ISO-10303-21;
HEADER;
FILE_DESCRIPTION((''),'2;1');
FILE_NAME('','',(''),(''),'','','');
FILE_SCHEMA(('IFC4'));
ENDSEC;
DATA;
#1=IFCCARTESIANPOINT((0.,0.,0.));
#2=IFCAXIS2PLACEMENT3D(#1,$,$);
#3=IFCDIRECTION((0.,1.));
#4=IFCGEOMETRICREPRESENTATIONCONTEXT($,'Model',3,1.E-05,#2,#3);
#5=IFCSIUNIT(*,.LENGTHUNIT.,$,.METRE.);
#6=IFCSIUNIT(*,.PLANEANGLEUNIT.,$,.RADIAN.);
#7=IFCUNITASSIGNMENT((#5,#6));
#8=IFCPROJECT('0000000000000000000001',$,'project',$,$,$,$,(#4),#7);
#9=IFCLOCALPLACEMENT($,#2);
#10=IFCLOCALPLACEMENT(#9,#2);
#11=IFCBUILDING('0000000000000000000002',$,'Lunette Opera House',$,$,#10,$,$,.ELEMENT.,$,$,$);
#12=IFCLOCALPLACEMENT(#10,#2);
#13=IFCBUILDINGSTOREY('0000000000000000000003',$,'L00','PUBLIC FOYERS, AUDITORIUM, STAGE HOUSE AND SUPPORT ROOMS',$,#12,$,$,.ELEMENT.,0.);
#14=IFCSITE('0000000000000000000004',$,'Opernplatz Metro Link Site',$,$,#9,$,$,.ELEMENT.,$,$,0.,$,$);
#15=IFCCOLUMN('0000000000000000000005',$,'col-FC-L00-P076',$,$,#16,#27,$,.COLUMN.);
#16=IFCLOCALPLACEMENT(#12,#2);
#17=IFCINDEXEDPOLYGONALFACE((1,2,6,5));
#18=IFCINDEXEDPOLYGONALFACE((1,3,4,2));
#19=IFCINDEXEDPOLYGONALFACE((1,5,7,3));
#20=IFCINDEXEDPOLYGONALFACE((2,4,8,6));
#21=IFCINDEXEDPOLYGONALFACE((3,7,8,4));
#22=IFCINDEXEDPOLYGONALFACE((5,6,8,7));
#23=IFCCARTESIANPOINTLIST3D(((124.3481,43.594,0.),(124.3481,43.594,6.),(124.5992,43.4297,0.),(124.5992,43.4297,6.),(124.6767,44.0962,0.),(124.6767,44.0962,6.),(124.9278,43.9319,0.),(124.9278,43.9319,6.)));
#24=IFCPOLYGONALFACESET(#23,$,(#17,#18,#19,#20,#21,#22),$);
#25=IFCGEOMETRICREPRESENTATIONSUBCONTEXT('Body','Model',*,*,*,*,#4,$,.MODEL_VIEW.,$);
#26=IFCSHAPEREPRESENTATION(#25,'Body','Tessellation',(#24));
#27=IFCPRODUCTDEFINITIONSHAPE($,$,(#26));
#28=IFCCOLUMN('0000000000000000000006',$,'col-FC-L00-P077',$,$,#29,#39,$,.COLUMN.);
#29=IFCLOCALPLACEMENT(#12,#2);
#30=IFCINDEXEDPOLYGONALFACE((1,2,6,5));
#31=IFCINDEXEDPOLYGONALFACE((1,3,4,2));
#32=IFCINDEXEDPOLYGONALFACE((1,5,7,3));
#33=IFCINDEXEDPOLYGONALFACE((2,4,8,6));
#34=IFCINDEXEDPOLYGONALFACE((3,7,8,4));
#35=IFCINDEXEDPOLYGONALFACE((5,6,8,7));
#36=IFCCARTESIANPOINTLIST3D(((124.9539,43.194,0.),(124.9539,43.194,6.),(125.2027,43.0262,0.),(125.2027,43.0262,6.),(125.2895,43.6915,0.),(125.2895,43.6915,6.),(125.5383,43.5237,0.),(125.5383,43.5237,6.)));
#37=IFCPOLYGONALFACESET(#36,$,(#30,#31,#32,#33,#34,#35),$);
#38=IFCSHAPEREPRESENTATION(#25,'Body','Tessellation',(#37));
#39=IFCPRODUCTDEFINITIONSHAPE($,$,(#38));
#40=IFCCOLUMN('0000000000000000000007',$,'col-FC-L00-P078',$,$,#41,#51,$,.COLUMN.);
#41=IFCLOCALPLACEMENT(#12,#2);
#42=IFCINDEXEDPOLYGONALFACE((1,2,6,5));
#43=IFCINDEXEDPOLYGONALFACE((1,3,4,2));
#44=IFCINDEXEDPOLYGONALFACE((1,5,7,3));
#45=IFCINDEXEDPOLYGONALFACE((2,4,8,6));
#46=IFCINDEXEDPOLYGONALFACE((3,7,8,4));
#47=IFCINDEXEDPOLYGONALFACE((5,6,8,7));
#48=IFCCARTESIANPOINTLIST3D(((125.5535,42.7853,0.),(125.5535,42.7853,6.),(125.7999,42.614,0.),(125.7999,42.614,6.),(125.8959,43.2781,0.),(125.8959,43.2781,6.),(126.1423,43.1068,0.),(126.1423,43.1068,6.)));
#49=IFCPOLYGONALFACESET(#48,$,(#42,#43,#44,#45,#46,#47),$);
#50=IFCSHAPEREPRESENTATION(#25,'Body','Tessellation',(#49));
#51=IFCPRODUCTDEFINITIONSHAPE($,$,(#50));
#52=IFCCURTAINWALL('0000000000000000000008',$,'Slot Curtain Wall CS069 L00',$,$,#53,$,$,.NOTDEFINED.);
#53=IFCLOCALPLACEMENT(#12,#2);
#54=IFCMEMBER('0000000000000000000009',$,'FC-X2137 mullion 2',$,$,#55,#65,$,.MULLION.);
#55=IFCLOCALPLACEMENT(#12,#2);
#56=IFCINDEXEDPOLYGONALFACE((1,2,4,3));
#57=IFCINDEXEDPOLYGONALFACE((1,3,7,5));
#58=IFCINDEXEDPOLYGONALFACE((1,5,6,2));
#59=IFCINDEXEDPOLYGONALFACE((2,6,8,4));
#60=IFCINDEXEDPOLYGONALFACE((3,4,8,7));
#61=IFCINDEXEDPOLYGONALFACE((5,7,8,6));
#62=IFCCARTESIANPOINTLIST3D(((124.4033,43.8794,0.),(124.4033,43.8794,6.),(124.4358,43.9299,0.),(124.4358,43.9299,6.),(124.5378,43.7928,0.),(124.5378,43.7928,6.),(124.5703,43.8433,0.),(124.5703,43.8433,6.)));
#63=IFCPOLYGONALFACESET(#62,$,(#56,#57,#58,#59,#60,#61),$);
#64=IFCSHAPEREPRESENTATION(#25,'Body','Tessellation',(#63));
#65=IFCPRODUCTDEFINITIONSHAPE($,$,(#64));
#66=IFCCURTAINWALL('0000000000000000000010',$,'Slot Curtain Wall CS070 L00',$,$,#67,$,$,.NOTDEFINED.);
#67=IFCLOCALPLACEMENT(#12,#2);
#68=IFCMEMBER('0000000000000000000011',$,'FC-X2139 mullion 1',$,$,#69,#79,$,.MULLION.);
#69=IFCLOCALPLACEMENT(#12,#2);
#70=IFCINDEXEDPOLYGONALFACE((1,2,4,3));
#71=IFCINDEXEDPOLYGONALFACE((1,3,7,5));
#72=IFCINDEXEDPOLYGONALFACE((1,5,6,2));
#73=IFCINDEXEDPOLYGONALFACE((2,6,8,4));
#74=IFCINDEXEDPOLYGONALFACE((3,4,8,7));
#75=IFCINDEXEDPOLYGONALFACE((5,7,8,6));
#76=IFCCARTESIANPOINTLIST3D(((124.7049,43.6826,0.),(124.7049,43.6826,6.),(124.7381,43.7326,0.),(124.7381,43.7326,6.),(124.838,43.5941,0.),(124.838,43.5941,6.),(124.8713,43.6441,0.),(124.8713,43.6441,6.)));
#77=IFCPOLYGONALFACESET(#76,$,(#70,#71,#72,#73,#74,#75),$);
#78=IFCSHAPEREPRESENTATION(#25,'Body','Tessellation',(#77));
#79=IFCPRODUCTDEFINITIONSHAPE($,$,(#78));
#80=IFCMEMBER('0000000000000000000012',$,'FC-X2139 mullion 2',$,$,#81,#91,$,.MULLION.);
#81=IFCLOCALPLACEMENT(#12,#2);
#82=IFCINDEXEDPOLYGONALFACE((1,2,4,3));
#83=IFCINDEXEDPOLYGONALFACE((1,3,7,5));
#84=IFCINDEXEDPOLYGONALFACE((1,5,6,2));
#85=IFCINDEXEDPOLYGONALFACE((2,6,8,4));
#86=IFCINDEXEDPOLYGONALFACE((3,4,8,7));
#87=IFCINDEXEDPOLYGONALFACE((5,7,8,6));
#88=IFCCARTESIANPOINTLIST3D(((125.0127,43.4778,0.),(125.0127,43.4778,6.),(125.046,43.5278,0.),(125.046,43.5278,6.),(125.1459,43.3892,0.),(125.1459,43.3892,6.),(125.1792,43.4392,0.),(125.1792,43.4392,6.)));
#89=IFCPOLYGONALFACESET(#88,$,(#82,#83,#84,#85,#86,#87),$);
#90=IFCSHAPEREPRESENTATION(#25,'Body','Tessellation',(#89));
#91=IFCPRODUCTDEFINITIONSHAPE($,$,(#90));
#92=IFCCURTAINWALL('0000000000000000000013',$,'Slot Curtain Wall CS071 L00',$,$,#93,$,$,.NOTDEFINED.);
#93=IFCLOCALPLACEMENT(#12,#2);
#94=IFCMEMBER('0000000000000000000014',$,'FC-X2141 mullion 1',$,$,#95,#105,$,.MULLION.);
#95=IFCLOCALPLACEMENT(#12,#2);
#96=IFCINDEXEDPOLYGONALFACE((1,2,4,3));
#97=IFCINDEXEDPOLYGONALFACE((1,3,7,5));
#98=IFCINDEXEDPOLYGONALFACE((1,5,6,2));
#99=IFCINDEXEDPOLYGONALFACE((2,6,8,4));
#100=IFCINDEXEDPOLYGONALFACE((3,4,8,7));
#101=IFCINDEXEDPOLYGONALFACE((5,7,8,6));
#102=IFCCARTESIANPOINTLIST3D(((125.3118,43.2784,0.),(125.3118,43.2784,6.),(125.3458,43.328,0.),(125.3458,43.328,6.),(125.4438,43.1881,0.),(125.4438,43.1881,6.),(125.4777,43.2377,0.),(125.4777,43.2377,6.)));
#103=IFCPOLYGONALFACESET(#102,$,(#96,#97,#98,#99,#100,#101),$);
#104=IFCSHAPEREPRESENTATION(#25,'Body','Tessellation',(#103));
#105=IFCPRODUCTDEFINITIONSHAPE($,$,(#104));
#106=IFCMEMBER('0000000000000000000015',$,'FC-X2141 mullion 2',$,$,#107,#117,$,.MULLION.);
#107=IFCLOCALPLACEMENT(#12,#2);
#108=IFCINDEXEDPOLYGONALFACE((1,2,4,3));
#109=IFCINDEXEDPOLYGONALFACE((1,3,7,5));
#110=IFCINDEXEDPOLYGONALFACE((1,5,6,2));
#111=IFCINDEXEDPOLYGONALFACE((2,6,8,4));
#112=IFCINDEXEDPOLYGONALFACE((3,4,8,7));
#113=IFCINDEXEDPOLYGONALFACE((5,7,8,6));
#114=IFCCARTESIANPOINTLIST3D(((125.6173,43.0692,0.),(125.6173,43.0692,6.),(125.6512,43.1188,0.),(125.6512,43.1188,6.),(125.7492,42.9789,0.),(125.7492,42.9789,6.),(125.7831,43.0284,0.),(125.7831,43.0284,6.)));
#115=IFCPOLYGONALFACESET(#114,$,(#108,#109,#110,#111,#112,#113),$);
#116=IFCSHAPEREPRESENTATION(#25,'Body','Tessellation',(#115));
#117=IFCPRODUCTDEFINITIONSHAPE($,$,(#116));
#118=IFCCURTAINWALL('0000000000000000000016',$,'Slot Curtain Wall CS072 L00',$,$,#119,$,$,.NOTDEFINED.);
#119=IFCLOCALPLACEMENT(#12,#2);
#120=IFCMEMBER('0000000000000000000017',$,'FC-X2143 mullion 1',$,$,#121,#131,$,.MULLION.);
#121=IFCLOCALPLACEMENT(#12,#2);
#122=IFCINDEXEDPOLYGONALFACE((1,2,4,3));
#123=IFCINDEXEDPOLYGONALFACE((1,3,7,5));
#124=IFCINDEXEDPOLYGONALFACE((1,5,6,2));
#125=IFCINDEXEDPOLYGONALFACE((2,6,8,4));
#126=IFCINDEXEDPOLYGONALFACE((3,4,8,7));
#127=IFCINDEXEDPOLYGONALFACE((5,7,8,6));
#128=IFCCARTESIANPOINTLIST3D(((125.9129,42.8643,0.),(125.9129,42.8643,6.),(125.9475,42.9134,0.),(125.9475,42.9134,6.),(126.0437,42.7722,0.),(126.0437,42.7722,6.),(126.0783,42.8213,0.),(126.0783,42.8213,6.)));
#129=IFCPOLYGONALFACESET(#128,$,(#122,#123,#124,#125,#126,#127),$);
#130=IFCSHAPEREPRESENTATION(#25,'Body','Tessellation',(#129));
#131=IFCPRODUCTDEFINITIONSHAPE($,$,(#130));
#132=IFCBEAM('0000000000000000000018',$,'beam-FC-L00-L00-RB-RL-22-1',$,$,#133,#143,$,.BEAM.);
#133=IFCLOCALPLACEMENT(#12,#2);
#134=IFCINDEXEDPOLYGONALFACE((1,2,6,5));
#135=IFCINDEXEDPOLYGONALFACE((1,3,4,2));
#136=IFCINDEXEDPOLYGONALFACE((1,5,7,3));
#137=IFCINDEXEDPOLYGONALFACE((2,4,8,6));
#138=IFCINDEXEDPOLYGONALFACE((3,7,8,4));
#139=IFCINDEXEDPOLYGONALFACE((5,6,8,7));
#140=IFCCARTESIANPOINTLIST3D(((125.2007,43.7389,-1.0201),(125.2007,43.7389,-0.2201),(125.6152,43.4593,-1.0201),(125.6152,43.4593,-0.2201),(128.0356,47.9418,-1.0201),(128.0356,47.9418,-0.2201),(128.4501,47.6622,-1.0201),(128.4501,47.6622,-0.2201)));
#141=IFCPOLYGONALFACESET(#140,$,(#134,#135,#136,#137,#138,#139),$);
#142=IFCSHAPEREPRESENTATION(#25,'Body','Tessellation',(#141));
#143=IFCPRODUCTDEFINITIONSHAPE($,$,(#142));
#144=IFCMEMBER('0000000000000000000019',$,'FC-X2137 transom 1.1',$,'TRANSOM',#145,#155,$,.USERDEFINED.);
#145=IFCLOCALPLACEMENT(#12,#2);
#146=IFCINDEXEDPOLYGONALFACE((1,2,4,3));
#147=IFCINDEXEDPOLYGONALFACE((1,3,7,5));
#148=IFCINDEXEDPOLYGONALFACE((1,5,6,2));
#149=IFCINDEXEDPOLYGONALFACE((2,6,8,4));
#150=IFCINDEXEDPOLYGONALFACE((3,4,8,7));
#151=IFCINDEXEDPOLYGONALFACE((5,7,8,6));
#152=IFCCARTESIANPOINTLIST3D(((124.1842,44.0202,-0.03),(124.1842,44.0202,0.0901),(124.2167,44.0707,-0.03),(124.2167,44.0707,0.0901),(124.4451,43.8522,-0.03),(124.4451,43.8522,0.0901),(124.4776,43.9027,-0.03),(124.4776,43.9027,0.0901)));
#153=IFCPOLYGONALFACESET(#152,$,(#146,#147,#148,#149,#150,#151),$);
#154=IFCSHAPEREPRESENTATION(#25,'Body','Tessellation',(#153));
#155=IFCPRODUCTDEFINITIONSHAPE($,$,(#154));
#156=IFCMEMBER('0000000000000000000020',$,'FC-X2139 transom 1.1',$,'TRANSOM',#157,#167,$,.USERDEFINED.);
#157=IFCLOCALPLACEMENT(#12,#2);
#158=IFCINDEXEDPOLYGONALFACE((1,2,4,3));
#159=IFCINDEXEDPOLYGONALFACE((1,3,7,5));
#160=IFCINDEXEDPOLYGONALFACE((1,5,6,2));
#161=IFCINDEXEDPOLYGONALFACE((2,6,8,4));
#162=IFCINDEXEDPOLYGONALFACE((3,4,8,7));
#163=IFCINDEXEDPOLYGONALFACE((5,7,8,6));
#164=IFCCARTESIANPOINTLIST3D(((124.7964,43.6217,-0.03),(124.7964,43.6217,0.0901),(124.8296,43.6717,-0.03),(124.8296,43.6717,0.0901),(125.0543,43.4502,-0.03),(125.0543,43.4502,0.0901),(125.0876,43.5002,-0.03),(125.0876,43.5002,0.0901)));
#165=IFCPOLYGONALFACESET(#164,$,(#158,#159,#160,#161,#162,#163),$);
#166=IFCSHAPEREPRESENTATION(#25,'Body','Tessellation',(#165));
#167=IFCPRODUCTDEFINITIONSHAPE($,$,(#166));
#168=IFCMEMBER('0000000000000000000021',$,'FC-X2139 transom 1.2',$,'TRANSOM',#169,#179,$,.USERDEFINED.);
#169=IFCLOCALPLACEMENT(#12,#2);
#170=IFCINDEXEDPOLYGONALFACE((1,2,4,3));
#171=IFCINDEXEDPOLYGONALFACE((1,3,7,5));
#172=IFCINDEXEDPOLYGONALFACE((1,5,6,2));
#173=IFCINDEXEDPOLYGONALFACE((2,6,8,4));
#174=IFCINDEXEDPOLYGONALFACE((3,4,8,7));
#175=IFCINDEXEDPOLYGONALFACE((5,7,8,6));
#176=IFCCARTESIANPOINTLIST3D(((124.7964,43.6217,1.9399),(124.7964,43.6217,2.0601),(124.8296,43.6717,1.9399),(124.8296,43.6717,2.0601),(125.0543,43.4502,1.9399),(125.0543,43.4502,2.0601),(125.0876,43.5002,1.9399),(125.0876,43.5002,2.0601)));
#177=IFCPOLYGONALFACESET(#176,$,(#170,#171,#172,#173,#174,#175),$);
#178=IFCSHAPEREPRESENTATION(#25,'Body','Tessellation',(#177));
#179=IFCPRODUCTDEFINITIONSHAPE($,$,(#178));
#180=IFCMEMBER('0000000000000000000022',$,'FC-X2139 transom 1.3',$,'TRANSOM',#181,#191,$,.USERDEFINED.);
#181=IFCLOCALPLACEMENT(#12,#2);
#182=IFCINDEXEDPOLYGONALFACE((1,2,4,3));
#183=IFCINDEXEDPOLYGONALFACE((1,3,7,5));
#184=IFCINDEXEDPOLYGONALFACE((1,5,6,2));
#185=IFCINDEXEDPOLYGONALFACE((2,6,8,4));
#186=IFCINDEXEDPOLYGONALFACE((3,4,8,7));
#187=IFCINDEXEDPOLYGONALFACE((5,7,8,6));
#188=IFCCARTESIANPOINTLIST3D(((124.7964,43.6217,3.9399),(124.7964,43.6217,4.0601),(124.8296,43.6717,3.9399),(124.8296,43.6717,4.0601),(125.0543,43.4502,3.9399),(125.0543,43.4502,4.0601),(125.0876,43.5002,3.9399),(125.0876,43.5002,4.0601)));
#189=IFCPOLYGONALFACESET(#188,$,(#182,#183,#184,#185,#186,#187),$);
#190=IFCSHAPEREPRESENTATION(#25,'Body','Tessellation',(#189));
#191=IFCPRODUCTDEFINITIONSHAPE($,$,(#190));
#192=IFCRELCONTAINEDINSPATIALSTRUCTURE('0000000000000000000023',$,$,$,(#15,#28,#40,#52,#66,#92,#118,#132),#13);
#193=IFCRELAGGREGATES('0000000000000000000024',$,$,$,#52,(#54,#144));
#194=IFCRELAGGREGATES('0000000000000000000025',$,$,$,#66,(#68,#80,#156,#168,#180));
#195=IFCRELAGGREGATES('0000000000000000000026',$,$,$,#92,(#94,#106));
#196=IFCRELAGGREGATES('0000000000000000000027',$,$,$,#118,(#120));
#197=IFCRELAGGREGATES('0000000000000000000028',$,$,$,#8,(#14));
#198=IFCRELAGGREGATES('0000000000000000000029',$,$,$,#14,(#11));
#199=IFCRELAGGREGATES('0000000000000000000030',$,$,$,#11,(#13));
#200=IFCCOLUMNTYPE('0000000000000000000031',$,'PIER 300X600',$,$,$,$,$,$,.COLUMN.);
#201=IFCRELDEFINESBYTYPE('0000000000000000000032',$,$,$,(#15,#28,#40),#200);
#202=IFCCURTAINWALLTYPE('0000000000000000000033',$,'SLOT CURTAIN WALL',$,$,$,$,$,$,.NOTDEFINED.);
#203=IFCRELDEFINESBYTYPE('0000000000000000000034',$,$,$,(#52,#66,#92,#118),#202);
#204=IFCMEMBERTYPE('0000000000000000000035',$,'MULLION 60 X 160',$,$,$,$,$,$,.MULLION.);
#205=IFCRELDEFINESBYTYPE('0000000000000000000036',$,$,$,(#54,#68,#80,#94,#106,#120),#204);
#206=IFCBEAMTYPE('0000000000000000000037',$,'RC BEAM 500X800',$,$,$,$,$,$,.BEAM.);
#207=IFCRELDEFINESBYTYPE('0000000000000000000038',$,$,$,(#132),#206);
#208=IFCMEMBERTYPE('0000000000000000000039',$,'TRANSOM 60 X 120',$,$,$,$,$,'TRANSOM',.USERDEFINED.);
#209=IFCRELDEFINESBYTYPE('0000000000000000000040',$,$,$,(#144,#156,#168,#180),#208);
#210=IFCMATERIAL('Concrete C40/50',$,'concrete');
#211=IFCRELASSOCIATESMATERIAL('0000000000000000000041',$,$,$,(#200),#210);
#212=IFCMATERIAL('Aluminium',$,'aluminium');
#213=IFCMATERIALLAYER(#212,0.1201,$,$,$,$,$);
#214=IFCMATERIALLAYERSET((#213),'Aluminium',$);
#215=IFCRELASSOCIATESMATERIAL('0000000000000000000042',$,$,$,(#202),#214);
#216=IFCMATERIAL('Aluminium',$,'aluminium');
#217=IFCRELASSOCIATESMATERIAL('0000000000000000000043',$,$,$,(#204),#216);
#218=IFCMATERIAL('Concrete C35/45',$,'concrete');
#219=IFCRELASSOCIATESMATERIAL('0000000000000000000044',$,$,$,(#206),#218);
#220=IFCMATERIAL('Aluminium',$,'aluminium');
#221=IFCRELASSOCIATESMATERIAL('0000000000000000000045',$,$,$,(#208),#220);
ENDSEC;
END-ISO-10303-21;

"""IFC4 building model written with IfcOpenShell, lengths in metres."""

from ifc_helpers import new_model, si_unit, direction, frame, origin, origin_2d, place, context, subcontext, project, spatial, rectangle, extrude, material, layer, layer_set, material_profile, profile_set, type_object, element, aggregate, save


model = new_model("IFC4")

# Units and contexts
model_context = context("Model", 3, precision=1e-05, world=origin(), true_north=direction((0.0, 1.0)))
body_context = subcontext(model_context, "Body", "Model", "MODEL_VIEW")
ifc_project = project(units=[si_unit("LENGTHUNIT", "METRE"), si_unit("PLANEANGLEUNIT", "RADIAN")], contexts=[model_context])

# Site, building, storey
site_placement = place(None, origin())
site = spatial("IfcSite", under=ifc_project, at=site_placement, Name="Opernplatz Metro Link Site", CompositionType="ELEMENT", RefElevation=0.0)
building_placement = place(site_placement, origin())
building = spatial("IfcBuilding", under=site, at=building_placement, Name="Lunette Opera House", CompositionType="ELEMENT")
storey_placement = place(building_placement, origin())
storey = spatial("IfcBuildingStorey", under=building, at=storey_placement, Name="L00", Description="PUBLIC FOYERS, AUDITORIUM, STAGE HOUSE AND SUPPORT ROOMS", CompositionType="ELEMENT", Elevation=0.0)

# Columns
ifc_material_1 = material(Name="Concrete C40/50", Category="concrete")
ifc_material_profile_1 = material_profile(ifc_material_1, rectangle(XDim=0.3, YDim=0.6001, at=origin_2d()), Name="PIER 300X600")
ifc_profile_set_1 = profile_set([ifc_material_profile_1], Name="Concrete C40/50")
column_type = type_object("IfcColumnType", Name="PIER 300X600", PredefinedType="COLUMN", material=ifc_profile_set_1)
for number, where, z_axis, x_axis, name in (
    (1, (124.6379, 43.7629, 0.0), (0.0, 0.0, 1.0), (0.836764, -0.547563, 0.0), "col-FC-L00-P076"),
    (2, (125.2461, 43.3589, 0.0), (0.0, 0.0, 1.0), (0.829038, -0.559193, 0.0), "col-FC-L00-P077"),
    (3, (125.8479, 42.946, 0.0), (0.0, 0.0, 1.0), (0.821149, -0.570714, 0.0), "col-FC-L00-P078"),
):
    element("IfcColumn", number, at=place(storey_placement, frame(where, z_axis=z_axis, x_axis=x_axis)), inside=storey, type_object=column_type, Name=name, PredefinedType="COLUMN", context=body_context, shape_type="SweptSolid", body=[
        extrude(rectangle(XDim=0.3, YDim=0.6001, at=origin_2d()), origin(), (0.0, 0.0, 1.0), 6.0),
    ])

# Curtain wall, member
ifc_material_2 = material(Name="Aluminium", Category="aluminium")
ifc_layer_1 = layer(ifc_material_2, 0.1201)
ifc_layer_set_1 = layer_set([ifc_layer_1], Name="Aluminium")
curtain_wall_type = type_object("IfcCurtainWallType", Name="SLOT CURTAIN WALL", PredefinedType="NOTDEFINED", material=ifc_layer_set_1)
curtain_wall_1_placement = place(storey_placement, origin())
curtain_wall_1 = element("IfcCurtainWall", 4, at=curtain_wall_1_placement, inside=storey, type_object=curtain_wall_type, Name="Slot Curtain Wall CS069 L00", PredefinedType="NOTDEFINED")
ifc_material_3 = material(Name="Aluminium", Category="aluminium")
ifc_material_profile_2 = material_profile(ifc_material_3, rectangle(XDim=0.0601, YDim=0.1599, at=origin_2d()), Name="MULLION 60 X 160")
ifc_profile_set_2 = profile_set([ifc_material_profile_2], Name="Aluminium")
member_type_1 = type_object("IfcMemberType", Name="MULLION 60 X 160", PredefinedType="MULLION", material=ifc_profile_set_2)
member_1_placement = place(storey_placement, frame((124.4868, 43.8613, 0.0), z_axis=(0.0, 0.0, 1.0), x_axis=(0.541227, 0.840876, 0.0)))
member_1 = element("IfcMember", 5, at=member_1_placement, type_object=member_type_1, Name="FC-X2137 mullion 2", PredefinedType="MULLION", context=body_context, shape_type="SweptSolid", body=[
    extrude(rectangle(XDim=0.0601, YDim=0.1599, at=origin_2d()), origin(), (0.0, 0.0, 1.0), 6.0),
])

# Curtain walls, members
curtain_wall_2_placement = place(storey_placement, origin())
curtain_wall_2 = element("IfcCurtainWall", 6, at=curtain_wall_2_placement, inside=storey, type_object=curtain_wall_type, Name="Slot Curtain Wall CS070 L00", PredefinedType="NOTDEFINED")
member_2_placement = place(storey_placement, frame((124.7881, 43.6633, 0.0), z_axis=(0.0, 0.0, 1.0), x_axis=(0.553626, 0.832765, 0.0)))
member_2 = element("IfcMember", 7, at=member_2_placement, type_object=member_type_1, Name="FC-X2139 mullion 1", PredefinedType="MULLION", context=body_context, shape_type="SweptSolid", body=[
    extrude(rectangle(XDim=0.0601, YDim=0.1599, at=origin_2d()), origin(), (0.0, 0.0, 1.0), 6.0),
])
member_3_placement = place(storey_placement, frame((125.0959, 43.4585, 0.0), z_axis=(0.0, 0.0, 1.0), x_axis=(0.553626, 0.832765, 0.0)))
member_3 = element("IfcMember", 8, at=member_3_placement, type_object=member_type_1, Name="FC-X2139 mullion 2", PredefinedType="MULLION", context=body_context, shape_type="SweptSolid", body=[
    extrude(rectangle(XDim=0.0601, YDim=0.1599, at=origin_2d()), origin(), (0.0, 0.0, 1.0), 6.0),
])
curtain_wall_3_placement = place(storey_placement, origin())
curtain_wall_3 = element("IfcCurtainWall", 9, at=curtain_wall_3_placement, inside=storey, type_object=curtain_wall_type, Name="Slot Curtain Wall CS071 L00", PredefinedType="NOTDEFINED")
member_4_placement = place(storey_placement, frame((125.3948, 43.2581, 0.0), z_axis=(0.0, 0.0, 1.0), x_axis=(0.564851, 0.825193, 0.0)))
member_4 = element("IfcMember", 10, at=member_4_placement, type_object=member_type_1, Name="FC-X2141 mullion 1", PredefinedType="MULLION", context=body_context, shape_type="SweptSolid", body=[
    extrude(rectangle(XDim=0.0601, YDim=0.1599, at=origin_2d()), origin(), (0.0, 0.0, 1.0), 6.0),
])
member_5_placement = place(storey_placement, frame((125.7002, 43.0488, 0.0), z_axis=(0.0, 0.0, 1.0), x_axis=(0.564851, 0.825193, 0.0)))
member_5 = element("IfcMember", 11, at=member_5_placement, type_object=member_type_1, Name="FC-X2141 mullion 2", PredefinedType="MULLION", context=body_context, shape_type="SweptSolid", body=[
    extrude(rectangle(XDim=0.0601, YDim=0.1599, at=origin_2d()), origin(), (0.0, 0.0, 1.0), 6.0),
])

# Curtain wall, member
curtain_wall_4_placement = place(storey_placement, origin())
curtain_wall_4 = element("IfcCurtainWall", 12, at=curtain_wall_4_placement, inside=storey, type_object=curtain_wall_type, Name="Slot Curtain Wall CS072 L00", PredefinedType="NOTDEFINED")
member_6_placement = place(storey_placement, frame((125.9956, 42.8428, 0.0), z_axis=(0.0, 0.0, 1.0), x_axis=(0.575954, 0.817482, 0.0)))
member_6 = element("IfcMember", 13, at=member_6_placement, type_object=member_type_1, Name="FC-X2143 mullion 1", PredefinedType="MULLION", context=body_context, shape_type="SweptSolid", body=[
    extrude(rectangle(XDim=0.0601, YDim=0.1599, at=origin_2d()), origin(), (0.0, 0.0, 1.0), 6.0),
])

# Beam
ifc_material_4 = material(Name="Concrete C35/45", Category="concrete")
ifc_material_profile_3 = material_profile(ifc_material_4, rectangle(XDim=0.5, YDim=0.8, at=origin_2d()), Name="RC BEAM 500X800")
ifc_profile_set_3 = profile_set([ifc_material_profile_3], Name="Concrete C35/45")
beam_type = type_object("IfcBeamType", Name="RC BEAM 500X800", PredefinedType="BEAM", material=ifc_profile_set_3)
beam_placement = place(storey_placement, frame((125.408, 43.5991, -0.6201), z_axis=(0.559204, 0.82903, 0.0), x_axis=(-0.82903, 0.559204, 0.0)))
element("IfcBeam", 14, at=beam_placement, inside=storey, type_object=beam_type, Name="beam-FC-L00-L00-RB-RL-22-1", PredefinedType="BEAM", context=body_context, shape_type="SweptSolid", body=[
    extrude(rectangle(XDim=0.5, YDim=0.8, at=origin_2d()), origin(), (0.0, 0.0, 1.0), 5.0696),
])

# Members
ifc_material_5 = material(Name="Aluminium", Category="aluminium")
ifc_material_profile_4 = material_profile(ifc_material_5, rectangle(XDim=0.0601, YDim=0.1201, at=origin_2d()), Name="TRANSOM 60 X 120")
ifc_profile_set_4 = profile_set([ifc_material_profile_4], Name="Aluminium")
member_type_2 = type_object("IfcMemberType", Name="TRANSOM 60 X 120", ElementType="TRANSOM", PredefinedType="USERDEFINED", material=ifc_profile_set_4)
member_7_placement = place(storey_placement, frame((124.2004, 44.0454, 0.03), z_axis=(0.840897, -0.541195, 0.0), x_axis=(0.541195, 0.840897, 0.0)))
member_7 = element("IfcMember", 15, at=member_7_placement, type_object=member_type_2, Name="FC-X2137 transom 1.1", ObjectType="TRANSOM", PredefinedType="USERDEFINED", context=body_context, shape_type="SweptSolid", body=[
    extrude(rectangle(XDim=0.0601, YDim=0.1201, at=origin_2d()), origin(), (0.0, 0.0, 1.0), 0.3103),
])
member_8_placement = place(storey_placement, frame((124.813, 43.6467, 0.03), z_axis=(0.832656, -0.553791, 0.0), x_axis=(0.553791, 0.832656, 0.0)))
member_8 = element("IfcMember", 16, at=member_8_placement, type_object=member_type_2, Name="FC-X2139 transom 1.1", ObjectType="TRANSOM", PredefinedType="USERDEFINED", context=body_context, shape_type="SweptSolid", body=[
    extrude(rectangle(XDim=0.0601, YDim=0.1201, at=origin_2d()), origin(), (0.0, 0.0, 1.0), 0.3098),
])
member_9_placement = place(storey_placement, frame((124.813, 43.6467, 2.0), z_axis=(0.832656, -0.553791, 0.0), x_axis=(0.553791, 0.832656, 0.0)))
member_9 = element("IfcMember", 17, at=member_9_placement, type_object=member_type_2, Name="FC-X2139 transom 1.2", ObjectType="TRANSOM", PredefinedType="USERDEFINED", context=body_context, shape_type="SweptSolid", body=[
    extrude(rectangle(XDim=0.0601, YDim=0.1201, at=origin_2d()), origin(), (0.0, 0.0, 1.0), 0.3098),
])
member_10_placement = place(storey_placement, frame((124.813, 43.6467, 4.0), z_axis=(0.832656, -0.553791, 0.0), x_axis=(0.553791, 0.832656, 0.0)))
member_10 = element("IfcMember", 18, at=member_10_placement, type_object=member_type_2, Name="FC-X2139 transom 1.3", ObjectType="TRANSOM", PredefinedType="USERDEFINED", context=body_context, shape_type="SweptSolid", body=[
    extrude(rectangle(XDim=0.0601, YDim=0.1201, at=origin_2d()), origin(), (0.0, 0.0, 1.0), 0.3098),
])

aggregate(curtain_wall_1, [member_1, member_7])
aggregate(curtain_wall_2, [member_2, member_3, member_8, member_9, member_10])
aggregate(curtain_wall_3, [member_4, member_5])
aggregate(curtain_wall_4, [member_6])

save(model, "model.ifc")
